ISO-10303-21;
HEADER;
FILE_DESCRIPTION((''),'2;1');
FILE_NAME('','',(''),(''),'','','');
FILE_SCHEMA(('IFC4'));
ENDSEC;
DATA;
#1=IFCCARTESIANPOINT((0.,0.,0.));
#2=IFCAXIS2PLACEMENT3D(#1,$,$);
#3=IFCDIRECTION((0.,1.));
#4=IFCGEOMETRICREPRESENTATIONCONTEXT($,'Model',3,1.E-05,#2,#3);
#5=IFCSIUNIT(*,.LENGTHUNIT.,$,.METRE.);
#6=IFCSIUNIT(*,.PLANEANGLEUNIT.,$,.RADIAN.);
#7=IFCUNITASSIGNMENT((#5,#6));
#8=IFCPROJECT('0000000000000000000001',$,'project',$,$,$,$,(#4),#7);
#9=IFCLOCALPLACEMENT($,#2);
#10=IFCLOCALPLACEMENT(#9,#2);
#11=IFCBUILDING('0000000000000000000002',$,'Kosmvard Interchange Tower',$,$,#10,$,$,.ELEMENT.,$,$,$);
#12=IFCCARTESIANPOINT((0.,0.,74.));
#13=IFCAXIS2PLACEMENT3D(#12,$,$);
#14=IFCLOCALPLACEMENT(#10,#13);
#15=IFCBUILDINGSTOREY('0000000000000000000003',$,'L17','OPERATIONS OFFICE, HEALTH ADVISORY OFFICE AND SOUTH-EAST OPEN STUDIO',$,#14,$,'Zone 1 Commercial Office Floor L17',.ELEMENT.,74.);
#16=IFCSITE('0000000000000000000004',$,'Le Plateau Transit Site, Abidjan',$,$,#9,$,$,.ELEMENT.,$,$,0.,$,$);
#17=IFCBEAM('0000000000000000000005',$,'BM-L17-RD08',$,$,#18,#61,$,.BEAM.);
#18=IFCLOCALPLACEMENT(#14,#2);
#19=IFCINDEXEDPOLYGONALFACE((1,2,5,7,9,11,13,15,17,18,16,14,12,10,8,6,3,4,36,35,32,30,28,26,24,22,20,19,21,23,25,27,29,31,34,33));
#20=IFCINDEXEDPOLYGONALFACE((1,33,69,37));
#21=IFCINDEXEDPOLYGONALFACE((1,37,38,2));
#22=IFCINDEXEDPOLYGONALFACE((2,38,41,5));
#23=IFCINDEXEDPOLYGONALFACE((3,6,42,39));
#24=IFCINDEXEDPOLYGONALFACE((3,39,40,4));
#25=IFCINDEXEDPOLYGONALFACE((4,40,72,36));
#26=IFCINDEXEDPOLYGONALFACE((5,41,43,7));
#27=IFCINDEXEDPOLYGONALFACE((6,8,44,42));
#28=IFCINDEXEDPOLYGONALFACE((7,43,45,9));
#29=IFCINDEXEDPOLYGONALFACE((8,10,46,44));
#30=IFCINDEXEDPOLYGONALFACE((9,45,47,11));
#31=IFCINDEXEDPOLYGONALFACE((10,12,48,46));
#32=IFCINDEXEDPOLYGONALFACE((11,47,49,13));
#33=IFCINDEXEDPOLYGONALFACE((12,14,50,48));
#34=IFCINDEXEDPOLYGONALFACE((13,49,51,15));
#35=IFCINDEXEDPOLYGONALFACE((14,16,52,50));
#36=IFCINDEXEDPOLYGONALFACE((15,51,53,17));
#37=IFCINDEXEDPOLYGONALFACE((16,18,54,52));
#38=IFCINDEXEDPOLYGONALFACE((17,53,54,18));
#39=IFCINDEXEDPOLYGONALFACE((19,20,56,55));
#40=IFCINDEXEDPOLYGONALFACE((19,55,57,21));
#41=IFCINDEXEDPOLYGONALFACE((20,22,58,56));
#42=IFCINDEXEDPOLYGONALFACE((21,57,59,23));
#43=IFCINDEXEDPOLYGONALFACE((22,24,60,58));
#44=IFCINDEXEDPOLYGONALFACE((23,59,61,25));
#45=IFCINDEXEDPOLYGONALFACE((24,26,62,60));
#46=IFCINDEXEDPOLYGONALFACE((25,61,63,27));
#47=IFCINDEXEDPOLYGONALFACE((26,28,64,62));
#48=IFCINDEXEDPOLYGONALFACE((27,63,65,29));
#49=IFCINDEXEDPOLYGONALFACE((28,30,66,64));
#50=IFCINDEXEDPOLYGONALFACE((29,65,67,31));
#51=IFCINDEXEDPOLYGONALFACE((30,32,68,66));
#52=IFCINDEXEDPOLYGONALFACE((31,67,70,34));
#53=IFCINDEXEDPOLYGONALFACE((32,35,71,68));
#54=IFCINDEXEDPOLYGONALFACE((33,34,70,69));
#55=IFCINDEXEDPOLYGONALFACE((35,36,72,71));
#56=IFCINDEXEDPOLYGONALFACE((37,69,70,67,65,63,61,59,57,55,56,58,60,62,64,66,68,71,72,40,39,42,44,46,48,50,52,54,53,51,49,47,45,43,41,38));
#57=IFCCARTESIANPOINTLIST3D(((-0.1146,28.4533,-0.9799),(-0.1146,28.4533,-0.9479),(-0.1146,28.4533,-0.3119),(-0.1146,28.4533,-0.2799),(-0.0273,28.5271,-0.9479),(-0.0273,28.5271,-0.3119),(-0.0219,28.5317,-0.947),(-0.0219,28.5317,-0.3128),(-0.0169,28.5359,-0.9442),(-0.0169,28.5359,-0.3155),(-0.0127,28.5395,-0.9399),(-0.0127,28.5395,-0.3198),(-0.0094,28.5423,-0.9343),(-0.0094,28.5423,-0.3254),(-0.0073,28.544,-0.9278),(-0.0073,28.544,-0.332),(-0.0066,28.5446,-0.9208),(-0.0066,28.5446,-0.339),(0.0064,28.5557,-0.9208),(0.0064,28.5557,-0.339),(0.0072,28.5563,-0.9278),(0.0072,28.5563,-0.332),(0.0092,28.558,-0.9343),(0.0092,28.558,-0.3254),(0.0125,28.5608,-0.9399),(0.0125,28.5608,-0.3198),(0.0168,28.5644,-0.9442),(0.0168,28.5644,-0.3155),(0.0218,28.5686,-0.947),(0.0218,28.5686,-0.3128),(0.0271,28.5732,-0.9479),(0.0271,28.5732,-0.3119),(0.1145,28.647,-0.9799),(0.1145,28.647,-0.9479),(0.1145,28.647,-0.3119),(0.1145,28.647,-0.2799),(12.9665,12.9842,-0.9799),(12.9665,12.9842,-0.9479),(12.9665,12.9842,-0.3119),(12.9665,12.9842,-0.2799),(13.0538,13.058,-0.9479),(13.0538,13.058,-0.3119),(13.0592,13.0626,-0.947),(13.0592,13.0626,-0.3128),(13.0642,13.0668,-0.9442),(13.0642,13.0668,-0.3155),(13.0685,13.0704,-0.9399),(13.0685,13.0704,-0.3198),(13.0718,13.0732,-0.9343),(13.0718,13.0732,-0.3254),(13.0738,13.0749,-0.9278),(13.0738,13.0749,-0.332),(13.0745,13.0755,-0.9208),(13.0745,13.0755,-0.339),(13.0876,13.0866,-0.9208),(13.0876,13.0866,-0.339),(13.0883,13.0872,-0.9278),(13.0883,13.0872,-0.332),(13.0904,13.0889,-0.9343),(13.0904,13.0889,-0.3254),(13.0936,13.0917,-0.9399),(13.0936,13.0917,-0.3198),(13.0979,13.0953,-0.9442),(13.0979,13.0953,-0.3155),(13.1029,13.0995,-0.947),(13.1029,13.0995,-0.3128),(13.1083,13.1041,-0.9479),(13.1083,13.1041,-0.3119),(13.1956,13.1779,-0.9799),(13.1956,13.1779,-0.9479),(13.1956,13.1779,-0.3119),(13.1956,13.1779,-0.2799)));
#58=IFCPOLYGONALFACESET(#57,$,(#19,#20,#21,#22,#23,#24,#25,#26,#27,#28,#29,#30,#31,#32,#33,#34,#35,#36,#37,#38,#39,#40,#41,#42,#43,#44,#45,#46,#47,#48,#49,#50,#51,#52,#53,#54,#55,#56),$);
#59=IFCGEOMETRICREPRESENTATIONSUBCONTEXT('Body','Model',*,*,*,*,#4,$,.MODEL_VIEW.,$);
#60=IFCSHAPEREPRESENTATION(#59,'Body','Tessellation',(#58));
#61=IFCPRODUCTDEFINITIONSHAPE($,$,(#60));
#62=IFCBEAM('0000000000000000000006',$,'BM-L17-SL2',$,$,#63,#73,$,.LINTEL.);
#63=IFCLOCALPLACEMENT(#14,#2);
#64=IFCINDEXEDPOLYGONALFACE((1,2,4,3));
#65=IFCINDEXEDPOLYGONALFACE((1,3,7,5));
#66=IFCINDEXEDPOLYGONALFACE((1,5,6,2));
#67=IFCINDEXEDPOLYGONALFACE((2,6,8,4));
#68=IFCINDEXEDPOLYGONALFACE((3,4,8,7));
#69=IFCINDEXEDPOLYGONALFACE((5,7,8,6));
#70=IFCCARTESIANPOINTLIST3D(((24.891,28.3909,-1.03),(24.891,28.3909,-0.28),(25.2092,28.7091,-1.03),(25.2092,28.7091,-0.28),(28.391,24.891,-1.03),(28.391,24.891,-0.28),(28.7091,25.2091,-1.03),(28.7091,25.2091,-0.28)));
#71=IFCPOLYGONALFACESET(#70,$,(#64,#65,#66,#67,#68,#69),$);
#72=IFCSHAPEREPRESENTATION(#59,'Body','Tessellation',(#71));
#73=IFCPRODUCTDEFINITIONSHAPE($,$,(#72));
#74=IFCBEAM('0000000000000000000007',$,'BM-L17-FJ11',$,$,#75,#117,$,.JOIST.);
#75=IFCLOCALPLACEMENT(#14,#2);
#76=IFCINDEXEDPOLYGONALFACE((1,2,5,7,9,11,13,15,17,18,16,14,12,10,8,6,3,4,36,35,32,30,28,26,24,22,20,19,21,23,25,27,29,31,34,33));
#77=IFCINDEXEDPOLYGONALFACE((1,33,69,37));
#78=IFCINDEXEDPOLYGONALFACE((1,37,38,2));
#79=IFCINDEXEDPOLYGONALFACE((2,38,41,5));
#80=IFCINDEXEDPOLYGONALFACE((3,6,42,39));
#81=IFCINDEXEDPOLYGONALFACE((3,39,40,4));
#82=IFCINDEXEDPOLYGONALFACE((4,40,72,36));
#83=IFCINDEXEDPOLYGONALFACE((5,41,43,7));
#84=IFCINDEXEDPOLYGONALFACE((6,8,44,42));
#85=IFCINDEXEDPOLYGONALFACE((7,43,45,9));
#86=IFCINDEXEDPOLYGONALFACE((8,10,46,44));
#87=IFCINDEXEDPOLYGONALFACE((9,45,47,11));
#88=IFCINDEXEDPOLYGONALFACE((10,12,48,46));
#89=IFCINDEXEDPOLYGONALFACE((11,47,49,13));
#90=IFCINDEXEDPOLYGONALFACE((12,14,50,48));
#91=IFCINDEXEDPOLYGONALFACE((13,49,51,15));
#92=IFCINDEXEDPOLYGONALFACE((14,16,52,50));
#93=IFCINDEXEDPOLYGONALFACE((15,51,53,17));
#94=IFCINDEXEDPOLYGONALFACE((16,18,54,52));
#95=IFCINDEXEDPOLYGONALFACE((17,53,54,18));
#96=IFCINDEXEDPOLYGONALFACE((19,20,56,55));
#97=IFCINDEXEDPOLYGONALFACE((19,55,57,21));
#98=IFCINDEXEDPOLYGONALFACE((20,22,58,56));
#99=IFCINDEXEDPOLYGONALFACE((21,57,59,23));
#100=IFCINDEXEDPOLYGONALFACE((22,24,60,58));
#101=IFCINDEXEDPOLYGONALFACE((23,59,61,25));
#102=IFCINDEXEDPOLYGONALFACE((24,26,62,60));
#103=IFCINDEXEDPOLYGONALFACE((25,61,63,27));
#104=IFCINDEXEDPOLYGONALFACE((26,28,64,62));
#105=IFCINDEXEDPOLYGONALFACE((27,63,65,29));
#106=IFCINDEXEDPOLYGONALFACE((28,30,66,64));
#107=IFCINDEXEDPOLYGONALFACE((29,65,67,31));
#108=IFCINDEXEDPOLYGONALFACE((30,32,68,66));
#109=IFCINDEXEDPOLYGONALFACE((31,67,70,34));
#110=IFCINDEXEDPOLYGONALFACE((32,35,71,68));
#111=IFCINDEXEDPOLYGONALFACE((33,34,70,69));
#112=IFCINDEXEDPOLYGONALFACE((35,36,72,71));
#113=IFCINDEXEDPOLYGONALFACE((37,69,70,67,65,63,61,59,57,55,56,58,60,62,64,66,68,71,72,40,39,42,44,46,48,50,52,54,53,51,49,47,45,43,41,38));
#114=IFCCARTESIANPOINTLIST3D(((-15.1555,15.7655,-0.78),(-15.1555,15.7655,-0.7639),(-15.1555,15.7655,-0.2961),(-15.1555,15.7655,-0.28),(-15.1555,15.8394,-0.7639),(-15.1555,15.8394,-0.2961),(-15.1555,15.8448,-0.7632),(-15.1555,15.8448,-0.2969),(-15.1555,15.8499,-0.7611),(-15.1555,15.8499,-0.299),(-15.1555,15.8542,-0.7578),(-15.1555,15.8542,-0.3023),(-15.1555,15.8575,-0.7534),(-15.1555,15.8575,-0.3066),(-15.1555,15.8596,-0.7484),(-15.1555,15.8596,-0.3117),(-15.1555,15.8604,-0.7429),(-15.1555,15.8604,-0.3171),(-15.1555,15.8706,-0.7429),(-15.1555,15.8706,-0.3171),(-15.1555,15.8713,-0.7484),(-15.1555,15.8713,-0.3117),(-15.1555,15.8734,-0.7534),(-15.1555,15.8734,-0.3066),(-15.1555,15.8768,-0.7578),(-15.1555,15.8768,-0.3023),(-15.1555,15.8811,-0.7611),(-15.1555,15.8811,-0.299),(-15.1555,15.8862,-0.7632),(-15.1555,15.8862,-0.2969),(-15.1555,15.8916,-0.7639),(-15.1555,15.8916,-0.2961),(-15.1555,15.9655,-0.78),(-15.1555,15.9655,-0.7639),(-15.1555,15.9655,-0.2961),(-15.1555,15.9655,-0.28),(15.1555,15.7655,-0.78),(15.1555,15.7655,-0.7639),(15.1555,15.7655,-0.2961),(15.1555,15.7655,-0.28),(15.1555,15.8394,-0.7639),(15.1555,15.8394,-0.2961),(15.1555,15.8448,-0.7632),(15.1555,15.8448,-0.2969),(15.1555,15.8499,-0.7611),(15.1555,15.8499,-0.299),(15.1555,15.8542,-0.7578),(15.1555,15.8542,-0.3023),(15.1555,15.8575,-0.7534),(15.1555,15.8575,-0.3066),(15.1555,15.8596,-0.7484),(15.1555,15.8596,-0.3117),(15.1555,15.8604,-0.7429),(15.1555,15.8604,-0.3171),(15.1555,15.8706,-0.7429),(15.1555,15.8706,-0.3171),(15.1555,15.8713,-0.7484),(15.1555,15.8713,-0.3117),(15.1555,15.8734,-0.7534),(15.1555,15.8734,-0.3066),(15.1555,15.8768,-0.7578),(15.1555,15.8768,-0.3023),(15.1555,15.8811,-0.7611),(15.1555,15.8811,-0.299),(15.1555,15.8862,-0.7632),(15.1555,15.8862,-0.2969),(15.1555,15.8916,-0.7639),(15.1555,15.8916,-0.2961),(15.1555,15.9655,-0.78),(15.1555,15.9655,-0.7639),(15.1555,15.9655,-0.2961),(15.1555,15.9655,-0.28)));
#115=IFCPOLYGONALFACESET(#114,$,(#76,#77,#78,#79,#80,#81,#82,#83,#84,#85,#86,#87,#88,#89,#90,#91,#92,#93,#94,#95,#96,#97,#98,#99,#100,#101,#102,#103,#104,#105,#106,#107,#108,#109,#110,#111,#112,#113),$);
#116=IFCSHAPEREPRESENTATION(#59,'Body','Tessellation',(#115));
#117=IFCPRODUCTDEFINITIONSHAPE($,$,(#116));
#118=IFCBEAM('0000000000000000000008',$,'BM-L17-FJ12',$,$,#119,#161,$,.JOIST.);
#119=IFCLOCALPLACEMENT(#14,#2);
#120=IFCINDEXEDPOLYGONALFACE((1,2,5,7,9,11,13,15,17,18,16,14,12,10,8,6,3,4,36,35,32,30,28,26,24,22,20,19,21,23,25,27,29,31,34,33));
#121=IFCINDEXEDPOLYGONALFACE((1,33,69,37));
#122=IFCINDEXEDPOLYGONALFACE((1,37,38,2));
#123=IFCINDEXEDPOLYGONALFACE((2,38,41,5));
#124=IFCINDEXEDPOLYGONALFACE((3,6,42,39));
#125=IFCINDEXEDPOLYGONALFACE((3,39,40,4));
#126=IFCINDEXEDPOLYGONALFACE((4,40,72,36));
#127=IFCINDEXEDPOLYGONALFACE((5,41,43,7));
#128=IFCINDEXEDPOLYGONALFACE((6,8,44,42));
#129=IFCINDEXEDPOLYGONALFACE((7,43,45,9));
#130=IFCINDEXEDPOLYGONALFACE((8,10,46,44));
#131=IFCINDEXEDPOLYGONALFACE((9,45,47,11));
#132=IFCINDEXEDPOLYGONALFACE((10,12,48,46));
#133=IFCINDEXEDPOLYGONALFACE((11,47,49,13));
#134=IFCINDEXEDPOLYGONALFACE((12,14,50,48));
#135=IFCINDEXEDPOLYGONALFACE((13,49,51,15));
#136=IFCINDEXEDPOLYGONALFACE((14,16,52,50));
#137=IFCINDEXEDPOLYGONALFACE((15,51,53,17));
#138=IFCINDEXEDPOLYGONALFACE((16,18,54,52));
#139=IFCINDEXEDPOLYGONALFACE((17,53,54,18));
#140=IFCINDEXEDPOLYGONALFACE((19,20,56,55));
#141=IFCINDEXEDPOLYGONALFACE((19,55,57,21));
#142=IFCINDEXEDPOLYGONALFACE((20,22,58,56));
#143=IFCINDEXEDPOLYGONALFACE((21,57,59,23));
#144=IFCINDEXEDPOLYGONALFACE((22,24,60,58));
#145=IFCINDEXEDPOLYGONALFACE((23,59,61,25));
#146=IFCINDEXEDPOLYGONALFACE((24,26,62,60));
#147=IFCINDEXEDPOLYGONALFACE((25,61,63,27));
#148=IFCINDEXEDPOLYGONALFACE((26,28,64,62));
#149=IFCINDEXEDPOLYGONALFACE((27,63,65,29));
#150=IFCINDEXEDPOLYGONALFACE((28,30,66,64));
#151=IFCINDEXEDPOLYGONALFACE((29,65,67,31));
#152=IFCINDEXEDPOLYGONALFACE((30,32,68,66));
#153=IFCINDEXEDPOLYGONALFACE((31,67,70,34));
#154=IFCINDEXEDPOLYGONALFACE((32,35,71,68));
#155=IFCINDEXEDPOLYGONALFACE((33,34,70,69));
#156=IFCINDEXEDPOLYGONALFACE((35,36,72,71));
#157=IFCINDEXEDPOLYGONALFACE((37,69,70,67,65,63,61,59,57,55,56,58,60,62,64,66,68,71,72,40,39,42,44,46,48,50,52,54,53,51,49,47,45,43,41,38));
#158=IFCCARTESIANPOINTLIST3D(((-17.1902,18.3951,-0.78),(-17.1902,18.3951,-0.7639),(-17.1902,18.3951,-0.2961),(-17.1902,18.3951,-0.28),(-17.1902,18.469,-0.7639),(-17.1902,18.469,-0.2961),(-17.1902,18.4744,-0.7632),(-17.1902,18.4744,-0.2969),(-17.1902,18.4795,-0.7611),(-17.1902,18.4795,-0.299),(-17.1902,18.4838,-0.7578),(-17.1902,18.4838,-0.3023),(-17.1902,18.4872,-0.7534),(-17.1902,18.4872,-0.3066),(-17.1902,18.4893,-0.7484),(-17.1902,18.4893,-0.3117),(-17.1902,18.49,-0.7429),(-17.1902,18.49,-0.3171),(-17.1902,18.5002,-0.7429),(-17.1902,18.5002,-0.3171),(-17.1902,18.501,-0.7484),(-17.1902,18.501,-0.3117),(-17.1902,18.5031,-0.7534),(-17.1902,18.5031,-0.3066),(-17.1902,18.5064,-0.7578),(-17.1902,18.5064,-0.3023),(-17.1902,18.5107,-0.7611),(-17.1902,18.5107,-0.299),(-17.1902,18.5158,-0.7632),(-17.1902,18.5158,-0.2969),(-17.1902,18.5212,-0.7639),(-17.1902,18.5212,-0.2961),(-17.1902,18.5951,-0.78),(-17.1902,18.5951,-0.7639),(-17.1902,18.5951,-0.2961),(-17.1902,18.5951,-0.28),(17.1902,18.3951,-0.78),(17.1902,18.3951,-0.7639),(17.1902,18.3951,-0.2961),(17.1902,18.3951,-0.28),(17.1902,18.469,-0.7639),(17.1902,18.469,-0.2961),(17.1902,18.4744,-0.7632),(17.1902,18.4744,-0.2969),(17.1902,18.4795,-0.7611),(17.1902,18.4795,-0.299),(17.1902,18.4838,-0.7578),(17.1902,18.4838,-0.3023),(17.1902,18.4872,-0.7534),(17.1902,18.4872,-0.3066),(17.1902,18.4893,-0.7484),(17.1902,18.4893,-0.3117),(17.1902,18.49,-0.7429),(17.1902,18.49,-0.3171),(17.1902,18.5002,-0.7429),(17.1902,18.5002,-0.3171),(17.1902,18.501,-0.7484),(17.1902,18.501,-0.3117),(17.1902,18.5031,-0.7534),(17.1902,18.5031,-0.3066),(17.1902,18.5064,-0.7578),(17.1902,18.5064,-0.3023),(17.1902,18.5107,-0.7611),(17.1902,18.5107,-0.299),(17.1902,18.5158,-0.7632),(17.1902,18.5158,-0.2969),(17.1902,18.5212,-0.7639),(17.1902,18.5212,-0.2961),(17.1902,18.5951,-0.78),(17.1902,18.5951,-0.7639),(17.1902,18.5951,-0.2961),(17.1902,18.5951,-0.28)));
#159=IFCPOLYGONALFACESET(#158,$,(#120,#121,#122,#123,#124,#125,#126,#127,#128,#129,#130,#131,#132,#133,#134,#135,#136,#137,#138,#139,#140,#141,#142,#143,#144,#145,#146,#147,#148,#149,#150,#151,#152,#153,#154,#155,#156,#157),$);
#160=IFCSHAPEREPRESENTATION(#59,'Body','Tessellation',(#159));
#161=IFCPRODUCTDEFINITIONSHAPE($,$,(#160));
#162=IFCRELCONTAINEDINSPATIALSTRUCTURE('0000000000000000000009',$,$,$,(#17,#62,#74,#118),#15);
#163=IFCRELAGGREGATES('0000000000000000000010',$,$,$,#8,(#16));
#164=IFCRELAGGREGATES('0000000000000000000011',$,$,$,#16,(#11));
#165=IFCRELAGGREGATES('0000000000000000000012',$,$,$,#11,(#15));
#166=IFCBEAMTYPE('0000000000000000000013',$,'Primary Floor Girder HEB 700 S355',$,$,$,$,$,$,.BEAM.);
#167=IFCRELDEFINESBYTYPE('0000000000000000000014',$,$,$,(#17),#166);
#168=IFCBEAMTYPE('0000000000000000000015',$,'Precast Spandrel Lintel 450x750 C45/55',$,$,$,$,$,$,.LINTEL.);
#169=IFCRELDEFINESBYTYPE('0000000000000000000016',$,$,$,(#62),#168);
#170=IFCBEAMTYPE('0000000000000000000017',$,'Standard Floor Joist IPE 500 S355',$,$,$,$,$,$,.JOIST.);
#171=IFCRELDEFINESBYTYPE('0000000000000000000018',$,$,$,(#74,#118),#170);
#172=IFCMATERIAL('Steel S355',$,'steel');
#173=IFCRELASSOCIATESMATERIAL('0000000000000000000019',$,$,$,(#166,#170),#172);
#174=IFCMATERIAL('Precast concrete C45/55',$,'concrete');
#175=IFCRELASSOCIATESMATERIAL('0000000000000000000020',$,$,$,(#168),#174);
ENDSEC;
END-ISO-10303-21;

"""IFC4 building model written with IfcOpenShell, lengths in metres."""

from ifc_helpers import new_model, si_unit, direction, frame, origin, origin_2d, place, context, subcontext, project, spatial, rectangle, i_section, extrude, source, transform, mapped, material, material_profile, profile_set, type_object, element, save


model = new_model("IFC4")

# Units and contexts
model_context = context("Model", 3, precision=1e-05, world=origin(), true_north=direction((0.0, 1.0)))
body_context = subcontext(model_context, "Body", "Model", "MODEL_VIEW")
ifc_project = project(units=[si_unit("LENGTHUNIT", "METRE"), si_unit("PLANEANGLEUNIT", "RADIAN")], contexts=[model_context])

# Site, building, storey
site_placement = place(None, origin())
site = spatial("IfcSite", under=ifc_project, at=site_placement, Name="Le Plateau Transit Site, Abidjan", CompositionType="ELEMENT", RefElevation=0.0)
building_placement = place(site_placement, origin())
building = spatial("IfcBuilding", under=site, at=building_placement, Name="Kosmvard Interchange Tower", CompositionType="ELEMENT")
storey_placement = place(building_placement, frame((0.0, 0.0, 74.0)))
storey = spatial("IfcBuildingStorey", under=building, at=storey_placement, Name="L17", Description="OPERATIONS OFFICE, HEALTH ADVISORY OFFICE AND SOUTH-EAST OPEN STUDIO", LongName="Zone 1 Commercial Office Floor L17", CompositionType="ELEMENT", Elevation=74.0)

# Beams
ifc_material_1 = material(Name="Steel S355", Category="steel")
ifc_material_profile_1 = material_profile(ifc_material_1, i_section(OverallWidth=0.3, OverallDepth=0.7, WebThickness=0.0171, FlangeThickness=0.032, FilletRadius=0.0271, at=origin_2d()), Name="HEB 700")
ifc_profile_set_1 = profile_set([ifc_material_profile_1], Name="Steel S355")
beam_type_1 = type_object("IfcBeamType", Name="Primary Floor Girder HEB 700 S355", PredefinedType="BEAM", material=ifc_profile_set_1)
shared_shape_1 = source(origin(), body_context, "Body", "SweptSolid", [
    extrude(i_section(OverallWidth=0.3, OverallDepth=0.7, WebThickness=0.0171, FlangeThickness=0.032, FilletRadius=0.0271, at=origin_2d()), origin(), (0.0, 0.0, 1.0), 20.2585),
])
beam_1_placement = place(storey_placement, frame((13.0811, 13.0811, -0.6299), z_axis=(-0.645709, 0.763583, 0.0), x_axis=(-0.763583, -0.645709, 0.0)))
element("IfcBeam", 1, at=beam_1_placement, inside=storey, type_object=beam_type_1, Name="BM-L17-RD08", PredefinedType="BEAM", context=body_context, shape_type="MappedRepresentation", body=[
    mapped(shared_shape_1, transform((0.0, 0.0, 0.0), scale=1.0)),
])
ifc_material_2 = material(Name="Precast concrete C45/55", Category="concrete")
ifc_material_profile_2 = material_profile(ifc_material_2, rectangle(XDim=0.45, YDim=0.75, at=origin_2d()), Name="SL 450x750")
ifc_profile_set_2 = profile_set([ifc_material_profile_2], Name="Precast concrete C45/55")
beam_type_2 = type_object("IfcBeamType", Name="Precast Spandrel Lintel 450x750 C45/55", PredefinedType="LINTEL", material=ifc_profile_set_2)
shared_shape_2 = source(origin(), body_context, "Body", "SweptSolid", [
    extrude(rectangle(XDim=0.45, YDim=0.75, at=origin_2d()), origin(), (0.0, 0.0, 1.0), 4.9497),
])
beam_2_placement = place(storey_placement, frame((28.55, 25.05, -0.655), z_axis=(-0.707107, 0.707107, 0.0), x_axis=(-0.707107, -0.707107, 0.0)))
element("IfcBeam", 2, at=beam_2_placement, inside=storey, type_object=beam_type_2, Name="BM-L17-SL2", PredefinedType="LINTEL", context=body_context, shape_type="MappedRepresentation", body=[
    mapped(shared_shape_2, transform((0.0, 0.0, 0.0), scale=1.0)),
])
ifc_material_profile_3 = material_profile(ifc_material_1, i_section(OverallWidth=0.2, OverallDepth=0.5, WebThickness=0.0103, FlangeThickness=0.0161, FilletRadius=0.021, at=origin_2d()), Name="IPE 500")
ifc_profile_set_3 = profile_set([ifc_material_profile_3], Name="Steel S355")
beam_type_3 = type_object("IfcBeamType", Name="Standard Floor Joist IPE 500 S355", PredefinedType="JOIST", material=ifc_profile_set_3)
shared_shape_3 = source(origin(), body_context, "Body", "SweptSolid", [
    extrude(i_section(OverallWidth=0.2, OverallDepth=0.5, WebThickness=0.0103, FlangeThickness=0.0161, FilletRadius=0.021, at=origin_2d()), origin(), (0.0, 0.0, 1.0), 30.311),
])
beam_3_placement = place(storey_placement, frame((15.1555, 15.8655, -0.53), z_axis=(-1.0, 0.0, 0.0), x_axis=(0.0, -1.0, 0.0)))
element("IfcBeam", 3, at=beam_3_placement, inside=storey, type_object=beam_type_3, Name="BM-L17-FJ11", PredefinedType="JOIST", context=body_context, shape_type="MappedRepresentation", body=[
    mapped(shared_shape_3, transform((0.0, 0.0, 0.0), scale=1.0)),
])
shared_shape_4 = source(origin(), body_context, "Body", "SweptSolid", [
    extrude(i_section(OverallWidth=0.2, OverallDepth=0.5, WebThickness=0.0103, FlangeThickness=0.0161, FilletRadius=0.021, at=origin_2d()), origin(), (0.0, 0.0, 1.0), 34.3804),
])
beam_4_placement = place(storey_placement, frame((17.1902, 18.4951, -0.53), z_axis=(-1.0, 0.0, 0.0), x_axis=(0.0, -1.0, 0.0)))
element("IfcBeam", 4, at=beam_4_placement, inside=storey, type_object=beam_type_3, Name="BM-L17-FJ12", PredefinedType="JOIST", context=body_context, shape_type="MappedRepresentation", body=[
    mapped(shared_shape_4, transform((0.0, 0.0, 0.0), scale=1.0)),
])

save(model, "model.ifc")
